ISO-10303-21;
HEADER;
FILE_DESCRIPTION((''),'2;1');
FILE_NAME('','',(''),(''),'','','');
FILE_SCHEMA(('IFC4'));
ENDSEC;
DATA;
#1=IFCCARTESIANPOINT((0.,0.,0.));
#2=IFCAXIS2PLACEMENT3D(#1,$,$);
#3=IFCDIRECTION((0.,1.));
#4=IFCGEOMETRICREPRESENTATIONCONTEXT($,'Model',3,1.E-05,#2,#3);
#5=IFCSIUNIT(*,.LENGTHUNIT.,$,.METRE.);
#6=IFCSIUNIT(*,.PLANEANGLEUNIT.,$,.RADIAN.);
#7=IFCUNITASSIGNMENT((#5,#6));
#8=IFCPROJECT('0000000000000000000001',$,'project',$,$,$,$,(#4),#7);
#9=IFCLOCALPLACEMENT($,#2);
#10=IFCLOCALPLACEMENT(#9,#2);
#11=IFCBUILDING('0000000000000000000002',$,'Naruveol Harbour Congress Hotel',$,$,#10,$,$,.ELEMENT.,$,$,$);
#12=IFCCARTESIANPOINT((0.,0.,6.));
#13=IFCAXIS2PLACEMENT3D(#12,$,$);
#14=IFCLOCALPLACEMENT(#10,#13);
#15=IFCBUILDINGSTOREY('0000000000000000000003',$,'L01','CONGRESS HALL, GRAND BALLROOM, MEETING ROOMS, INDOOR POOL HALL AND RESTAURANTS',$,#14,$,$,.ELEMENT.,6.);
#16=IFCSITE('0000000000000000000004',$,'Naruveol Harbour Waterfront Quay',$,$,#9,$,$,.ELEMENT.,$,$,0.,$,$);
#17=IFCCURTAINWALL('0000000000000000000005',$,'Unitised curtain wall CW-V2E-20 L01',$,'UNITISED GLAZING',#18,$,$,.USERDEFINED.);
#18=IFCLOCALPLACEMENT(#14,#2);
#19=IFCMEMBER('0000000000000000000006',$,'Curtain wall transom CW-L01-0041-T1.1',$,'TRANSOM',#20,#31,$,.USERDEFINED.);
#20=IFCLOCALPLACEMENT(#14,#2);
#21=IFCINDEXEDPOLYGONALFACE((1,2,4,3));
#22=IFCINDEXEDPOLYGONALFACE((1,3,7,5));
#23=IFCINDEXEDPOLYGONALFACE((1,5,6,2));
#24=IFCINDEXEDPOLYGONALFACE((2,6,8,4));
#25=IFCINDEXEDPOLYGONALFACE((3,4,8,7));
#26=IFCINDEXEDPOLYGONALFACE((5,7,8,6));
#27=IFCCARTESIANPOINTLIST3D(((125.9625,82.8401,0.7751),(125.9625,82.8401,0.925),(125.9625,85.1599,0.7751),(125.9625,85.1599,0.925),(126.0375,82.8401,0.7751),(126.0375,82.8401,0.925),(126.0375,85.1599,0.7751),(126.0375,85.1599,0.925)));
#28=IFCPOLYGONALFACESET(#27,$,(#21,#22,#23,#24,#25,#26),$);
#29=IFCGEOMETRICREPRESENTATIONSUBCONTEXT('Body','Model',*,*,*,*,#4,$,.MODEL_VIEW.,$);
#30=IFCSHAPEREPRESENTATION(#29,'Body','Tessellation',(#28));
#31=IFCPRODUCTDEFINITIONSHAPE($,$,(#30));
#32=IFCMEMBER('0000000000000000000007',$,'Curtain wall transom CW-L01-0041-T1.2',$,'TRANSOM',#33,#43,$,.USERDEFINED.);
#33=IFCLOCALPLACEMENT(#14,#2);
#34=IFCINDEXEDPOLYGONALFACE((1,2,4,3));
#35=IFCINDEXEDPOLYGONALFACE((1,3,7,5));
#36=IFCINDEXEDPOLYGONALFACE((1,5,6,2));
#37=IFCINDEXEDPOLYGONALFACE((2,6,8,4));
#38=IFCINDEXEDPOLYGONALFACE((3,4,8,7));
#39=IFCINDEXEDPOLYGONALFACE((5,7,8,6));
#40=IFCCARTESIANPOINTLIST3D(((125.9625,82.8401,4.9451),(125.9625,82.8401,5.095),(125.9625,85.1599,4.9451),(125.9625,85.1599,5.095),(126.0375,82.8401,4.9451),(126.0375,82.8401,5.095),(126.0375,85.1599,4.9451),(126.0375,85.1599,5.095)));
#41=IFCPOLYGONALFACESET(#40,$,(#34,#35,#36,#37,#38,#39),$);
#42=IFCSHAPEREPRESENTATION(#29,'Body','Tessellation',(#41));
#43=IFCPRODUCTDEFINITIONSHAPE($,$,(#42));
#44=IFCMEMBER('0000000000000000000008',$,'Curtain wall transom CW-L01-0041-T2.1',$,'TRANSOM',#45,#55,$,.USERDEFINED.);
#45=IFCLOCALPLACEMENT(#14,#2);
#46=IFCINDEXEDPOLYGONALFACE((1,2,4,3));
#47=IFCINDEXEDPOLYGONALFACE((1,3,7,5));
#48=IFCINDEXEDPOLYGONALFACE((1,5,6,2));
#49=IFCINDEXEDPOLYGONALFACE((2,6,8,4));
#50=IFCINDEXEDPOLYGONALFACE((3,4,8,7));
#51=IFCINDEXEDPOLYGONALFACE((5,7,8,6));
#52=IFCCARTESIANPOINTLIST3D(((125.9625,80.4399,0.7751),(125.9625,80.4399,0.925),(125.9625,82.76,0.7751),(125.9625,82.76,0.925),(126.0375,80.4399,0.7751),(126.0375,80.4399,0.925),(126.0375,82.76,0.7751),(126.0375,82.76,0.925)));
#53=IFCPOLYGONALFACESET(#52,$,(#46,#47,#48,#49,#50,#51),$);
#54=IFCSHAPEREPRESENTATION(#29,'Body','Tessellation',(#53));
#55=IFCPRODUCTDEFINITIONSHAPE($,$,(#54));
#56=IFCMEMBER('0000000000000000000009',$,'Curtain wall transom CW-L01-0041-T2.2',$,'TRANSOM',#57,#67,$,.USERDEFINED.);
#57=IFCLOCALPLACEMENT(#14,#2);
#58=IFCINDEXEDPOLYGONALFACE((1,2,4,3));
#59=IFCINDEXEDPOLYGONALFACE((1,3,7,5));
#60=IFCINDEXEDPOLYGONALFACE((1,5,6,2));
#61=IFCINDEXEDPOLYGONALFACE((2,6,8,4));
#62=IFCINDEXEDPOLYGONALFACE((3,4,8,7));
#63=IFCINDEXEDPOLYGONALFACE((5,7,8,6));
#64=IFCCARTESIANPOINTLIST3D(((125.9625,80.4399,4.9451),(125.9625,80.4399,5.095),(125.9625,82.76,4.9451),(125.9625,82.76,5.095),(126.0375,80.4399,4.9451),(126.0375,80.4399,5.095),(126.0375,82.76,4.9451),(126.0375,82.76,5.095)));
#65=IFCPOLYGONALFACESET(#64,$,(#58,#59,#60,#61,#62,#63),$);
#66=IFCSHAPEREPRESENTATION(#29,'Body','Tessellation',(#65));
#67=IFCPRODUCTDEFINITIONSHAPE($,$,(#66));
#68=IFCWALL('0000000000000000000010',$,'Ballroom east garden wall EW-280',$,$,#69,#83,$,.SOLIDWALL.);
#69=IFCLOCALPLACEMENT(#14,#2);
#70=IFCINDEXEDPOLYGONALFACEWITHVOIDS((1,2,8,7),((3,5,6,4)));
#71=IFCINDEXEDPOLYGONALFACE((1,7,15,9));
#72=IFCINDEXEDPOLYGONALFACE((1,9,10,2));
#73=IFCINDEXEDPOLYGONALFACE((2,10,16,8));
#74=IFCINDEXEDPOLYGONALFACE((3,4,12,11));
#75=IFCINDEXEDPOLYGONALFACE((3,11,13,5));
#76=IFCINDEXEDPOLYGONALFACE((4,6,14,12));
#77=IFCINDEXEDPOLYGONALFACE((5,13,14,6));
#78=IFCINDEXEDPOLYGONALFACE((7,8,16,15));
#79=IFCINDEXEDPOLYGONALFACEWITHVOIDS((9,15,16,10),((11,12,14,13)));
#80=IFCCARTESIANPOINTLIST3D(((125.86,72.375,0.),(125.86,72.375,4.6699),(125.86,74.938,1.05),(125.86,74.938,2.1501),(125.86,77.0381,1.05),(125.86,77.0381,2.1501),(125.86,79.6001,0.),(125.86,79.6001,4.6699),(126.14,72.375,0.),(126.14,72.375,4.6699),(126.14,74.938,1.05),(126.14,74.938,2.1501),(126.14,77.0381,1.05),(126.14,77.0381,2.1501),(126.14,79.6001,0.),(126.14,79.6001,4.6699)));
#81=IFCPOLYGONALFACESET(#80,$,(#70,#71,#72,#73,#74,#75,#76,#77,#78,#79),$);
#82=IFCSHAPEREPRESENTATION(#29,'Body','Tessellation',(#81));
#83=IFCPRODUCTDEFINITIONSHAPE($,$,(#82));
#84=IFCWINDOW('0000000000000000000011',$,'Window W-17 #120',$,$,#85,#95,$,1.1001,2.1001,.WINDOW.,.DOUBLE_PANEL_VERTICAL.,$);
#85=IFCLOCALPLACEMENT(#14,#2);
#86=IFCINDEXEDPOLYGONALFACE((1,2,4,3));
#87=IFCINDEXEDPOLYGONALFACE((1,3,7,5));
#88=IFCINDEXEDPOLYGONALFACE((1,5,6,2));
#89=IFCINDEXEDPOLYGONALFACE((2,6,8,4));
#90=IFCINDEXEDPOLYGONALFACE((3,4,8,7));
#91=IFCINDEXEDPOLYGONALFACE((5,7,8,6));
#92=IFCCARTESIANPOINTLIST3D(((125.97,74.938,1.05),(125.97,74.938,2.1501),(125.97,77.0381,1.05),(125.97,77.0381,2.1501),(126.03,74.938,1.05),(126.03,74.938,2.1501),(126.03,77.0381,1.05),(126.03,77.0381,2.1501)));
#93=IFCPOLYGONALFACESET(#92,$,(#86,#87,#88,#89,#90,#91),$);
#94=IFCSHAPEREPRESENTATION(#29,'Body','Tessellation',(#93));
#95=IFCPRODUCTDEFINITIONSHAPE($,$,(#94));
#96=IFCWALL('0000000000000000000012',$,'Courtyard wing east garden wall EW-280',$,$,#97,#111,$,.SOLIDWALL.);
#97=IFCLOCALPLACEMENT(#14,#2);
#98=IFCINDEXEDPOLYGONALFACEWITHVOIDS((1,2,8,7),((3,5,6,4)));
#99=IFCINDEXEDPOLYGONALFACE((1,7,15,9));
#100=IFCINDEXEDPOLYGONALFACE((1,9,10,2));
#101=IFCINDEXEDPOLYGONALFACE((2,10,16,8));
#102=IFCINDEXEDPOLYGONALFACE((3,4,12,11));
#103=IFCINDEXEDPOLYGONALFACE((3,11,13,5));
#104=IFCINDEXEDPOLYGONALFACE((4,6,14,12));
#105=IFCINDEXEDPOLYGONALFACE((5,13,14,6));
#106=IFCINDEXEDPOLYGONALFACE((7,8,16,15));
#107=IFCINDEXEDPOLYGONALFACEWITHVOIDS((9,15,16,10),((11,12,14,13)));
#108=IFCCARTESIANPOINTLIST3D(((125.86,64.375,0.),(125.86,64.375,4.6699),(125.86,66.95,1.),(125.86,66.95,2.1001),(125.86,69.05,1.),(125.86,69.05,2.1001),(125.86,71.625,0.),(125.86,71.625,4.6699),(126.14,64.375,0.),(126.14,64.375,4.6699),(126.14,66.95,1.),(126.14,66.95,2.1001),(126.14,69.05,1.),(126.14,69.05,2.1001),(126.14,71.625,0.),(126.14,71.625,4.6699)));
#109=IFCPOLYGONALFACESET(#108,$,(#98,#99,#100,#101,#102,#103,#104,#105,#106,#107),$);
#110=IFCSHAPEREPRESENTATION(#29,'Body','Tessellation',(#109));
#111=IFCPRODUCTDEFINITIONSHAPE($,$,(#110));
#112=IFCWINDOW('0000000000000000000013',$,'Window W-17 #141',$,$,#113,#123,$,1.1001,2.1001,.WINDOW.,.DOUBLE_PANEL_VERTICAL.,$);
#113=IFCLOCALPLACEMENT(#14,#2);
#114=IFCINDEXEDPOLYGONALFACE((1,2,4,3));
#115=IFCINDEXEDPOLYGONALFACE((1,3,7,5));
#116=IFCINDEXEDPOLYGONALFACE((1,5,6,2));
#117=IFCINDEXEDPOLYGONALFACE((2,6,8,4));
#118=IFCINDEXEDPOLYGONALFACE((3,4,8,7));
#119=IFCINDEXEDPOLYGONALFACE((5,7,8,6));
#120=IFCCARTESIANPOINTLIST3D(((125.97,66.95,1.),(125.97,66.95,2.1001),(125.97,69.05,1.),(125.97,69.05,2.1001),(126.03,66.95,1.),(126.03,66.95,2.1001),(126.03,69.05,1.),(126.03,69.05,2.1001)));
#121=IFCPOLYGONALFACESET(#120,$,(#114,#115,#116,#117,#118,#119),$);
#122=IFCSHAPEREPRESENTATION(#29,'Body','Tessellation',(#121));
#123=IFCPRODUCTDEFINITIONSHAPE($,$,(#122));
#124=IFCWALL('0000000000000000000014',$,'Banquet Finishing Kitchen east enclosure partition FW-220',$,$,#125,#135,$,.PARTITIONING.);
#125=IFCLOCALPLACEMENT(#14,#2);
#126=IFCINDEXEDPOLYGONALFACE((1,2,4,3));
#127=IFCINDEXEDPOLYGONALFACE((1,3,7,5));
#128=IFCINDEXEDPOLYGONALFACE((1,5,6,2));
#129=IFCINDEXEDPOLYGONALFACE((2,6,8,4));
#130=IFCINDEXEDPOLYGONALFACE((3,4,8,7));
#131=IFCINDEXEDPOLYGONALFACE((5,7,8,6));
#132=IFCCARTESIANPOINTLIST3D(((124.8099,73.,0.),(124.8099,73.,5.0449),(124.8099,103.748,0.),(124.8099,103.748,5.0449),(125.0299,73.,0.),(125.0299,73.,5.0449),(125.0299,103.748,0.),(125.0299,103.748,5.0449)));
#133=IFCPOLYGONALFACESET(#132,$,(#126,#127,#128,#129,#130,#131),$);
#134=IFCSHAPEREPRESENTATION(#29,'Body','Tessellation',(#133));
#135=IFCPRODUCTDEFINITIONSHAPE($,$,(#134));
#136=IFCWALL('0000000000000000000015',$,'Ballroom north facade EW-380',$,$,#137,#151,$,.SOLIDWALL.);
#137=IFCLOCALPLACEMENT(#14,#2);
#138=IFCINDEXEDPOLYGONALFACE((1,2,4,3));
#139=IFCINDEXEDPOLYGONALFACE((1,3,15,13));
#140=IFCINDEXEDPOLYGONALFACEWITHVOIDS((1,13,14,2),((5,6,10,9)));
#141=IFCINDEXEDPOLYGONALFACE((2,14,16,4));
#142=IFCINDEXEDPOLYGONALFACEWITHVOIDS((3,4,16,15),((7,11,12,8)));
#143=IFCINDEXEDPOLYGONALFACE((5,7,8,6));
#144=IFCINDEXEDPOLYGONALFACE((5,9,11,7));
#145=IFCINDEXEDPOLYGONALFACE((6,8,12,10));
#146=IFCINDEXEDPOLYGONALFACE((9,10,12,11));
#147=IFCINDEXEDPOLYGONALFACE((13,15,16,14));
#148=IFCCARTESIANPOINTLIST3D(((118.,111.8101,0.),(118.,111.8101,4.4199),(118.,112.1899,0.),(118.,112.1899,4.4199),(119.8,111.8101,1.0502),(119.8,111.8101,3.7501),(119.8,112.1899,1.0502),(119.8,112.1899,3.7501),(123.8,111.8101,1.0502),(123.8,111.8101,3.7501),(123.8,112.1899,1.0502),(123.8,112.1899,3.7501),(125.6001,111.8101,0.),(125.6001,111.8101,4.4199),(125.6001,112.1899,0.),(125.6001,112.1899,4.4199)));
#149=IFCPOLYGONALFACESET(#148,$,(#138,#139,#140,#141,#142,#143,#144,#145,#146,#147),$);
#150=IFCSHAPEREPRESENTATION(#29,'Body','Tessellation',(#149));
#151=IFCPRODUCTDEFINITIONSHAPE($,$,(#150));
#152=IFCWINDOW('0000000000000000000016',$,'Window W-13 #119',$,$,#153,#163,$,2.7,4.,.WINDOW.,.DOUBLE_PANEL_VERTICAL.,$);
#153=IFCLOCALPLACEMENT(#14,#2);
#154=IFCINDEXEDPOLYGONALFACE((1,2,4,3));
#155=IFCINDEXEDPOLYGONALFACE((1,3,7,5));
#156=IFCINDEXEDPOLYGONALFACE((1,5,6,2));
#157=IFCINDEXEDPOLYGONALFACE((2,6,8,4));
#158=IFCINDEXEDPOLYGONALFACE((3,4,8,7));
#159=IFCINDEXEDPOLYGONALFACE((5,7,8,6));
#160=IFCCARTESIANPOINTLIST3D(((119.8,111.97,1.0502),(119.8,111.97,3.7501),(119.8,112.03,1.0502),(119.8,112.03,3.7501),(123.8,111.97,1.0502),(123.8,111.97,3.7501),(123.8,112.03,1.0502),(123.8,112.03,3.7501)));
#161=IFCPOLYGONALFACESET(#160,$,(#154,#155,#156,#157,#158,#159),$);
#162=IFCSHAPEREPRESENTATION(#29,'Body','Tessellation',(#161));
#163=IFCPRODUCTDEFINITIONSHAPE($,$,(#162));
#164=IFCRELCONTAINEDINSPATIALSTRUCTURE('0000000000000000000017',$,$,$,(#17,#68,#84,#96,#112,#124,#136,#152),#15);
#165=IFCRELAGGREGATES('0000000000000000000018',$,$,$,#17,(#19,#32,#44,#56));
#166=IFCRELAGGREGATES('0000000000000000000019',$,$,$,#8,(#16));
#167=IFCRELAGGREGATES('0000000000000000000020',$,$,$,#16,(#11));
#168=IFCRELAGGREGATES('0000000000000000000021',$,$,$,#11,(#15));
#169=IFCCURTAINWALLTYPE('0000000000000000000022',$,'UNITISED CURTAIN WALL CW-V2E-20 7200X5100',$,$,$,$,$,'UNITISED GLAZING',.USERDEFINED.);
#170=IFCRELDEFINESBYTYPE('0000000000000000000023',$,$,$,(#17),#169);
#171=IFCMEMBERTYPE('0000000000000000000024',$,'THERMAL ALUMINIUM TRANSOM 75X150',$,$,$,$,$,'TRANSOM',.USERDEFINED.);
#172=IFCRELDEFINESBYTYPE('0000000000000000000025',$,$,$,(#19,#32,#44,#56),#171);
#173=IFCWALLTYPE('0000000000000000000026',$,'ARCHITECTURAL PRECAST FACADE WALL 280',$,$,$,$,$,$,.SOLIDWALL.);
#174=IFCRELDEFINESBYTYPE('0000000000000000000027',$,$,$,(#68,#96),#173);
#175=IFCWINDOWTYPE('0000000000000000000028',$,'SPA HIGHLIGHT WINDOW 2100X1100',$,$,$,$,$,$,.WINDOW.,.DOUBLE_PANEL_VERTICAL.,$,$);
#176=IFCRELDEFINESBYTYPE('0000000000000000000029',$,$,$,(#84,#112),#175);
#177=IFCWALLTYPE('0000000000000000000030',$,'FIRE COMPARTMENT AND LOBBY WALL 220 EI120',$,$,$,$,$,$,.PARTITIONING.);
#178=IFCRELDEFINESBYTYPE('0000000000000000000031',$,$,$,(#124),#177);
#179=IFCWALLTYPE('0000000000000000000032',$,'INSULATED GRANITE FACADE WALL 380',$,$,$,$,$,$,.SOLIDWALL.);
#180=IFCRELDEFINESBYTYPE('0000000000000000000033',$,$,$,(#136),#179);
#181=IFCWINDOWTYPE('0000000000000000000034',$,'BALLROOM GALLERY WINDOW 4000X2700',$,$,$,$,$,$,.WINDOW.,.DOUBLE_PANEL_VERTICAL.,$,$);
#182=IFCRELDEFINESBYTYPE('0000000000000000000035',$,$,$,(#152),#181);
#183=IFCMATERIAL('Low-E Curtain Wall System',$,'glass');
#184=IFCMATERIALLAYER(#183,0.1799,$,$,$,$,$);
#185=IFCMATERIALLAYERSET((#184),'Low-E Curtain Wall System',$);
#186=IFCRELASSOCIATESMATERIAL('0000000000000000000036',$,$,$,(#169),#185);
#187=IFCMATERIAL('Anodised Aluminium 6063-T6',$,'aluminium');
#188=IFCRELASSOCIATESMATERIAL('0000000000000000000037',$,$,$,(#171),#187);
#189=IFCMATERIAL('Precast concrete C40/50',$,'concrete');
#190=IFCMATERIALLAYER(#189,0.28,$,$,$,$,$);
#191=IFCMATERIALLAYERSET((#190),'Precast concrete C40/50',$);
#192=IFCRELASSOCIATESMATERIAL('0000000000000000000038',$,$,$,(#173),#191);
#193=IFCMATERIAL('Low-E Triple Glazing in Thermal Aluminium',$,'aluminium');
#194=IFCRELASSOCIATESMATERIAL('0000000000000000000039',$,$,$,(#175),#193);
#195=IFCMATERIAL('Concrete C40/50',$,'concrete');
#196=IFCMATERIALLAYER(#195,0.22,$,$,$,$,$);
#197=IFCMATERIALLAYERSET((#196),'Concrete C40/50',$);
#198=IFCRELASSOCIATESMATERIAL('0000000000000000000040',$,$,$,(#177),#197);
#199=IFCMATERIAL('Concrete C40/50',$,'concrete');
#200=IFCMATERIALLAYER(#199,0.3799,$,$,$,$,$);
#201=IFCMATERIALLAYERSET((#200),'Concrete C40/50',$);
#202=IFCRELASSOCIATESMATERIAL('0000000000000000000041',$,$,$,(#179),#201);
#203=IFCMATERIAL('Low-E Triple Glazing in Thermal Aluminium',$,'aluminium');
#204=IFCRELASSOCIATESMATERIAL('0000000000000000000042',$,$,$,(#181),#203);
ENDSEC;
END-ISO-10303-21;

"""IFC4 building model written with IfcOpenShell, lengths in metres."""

from ifc_helpers import new_model, si_unit, direction, frame, frame_2d, origin, origin_2d, place, context, subcontext, project, spatial, rectangle, extrude, material, layer, layer_set, material_profile, profile_set, type_object, element, fill, aggregate, save


model = new_model("IFC4")

# Units and contexts
model_context = context("Model", 3, precision=1e-05, world=origin(), true_north=direction((0.0, 1.0)))
body_context = subcontext(model_context, "Body", "Model", "MODEL_VIEW")
ifc_project = project(units=[si_unit("LENGTHUNIT", "METRE"), si_unit("PLANEANGLEUNIT", "RADIAN")], contexts=[model_context])

# Site, building, storey
site_placement = place(None, origin())
site = spatial("IfcSite", under=ifc_project, at=site_placement, Name="Naruveol Harbour Waterfront Quay", CompositionType="ELEMENT", RefElevation=0.0)
building_placement = place(site_placement, origin())
building = spatial("IfcBuilding", under=site, at=building_placement, Name="Naruveol Harbour Congress Hotel", CompositionType="ELEMENT")
storey_placement = place(building_placement, frame((0.0, 0.0, 6.0)))
storey = spatial("IfcBuildingStorey", under=building, at=storey_placement, Name="L01", Description="CONGRESS HALL, GRAND BALLROOM, MEETING ROOMS, INDOOR POOL HALL AND RESTAURANTS", CompositionType="ELEMENT", Elevation=6.0)

# Curtain wall, members
ifc_material_1 = material(Name="Low-E Curtain Wall System", Category="glass")
ifc_layer_1 = layer(ifc_material_1, 0.1799)
ifc_layer_set_1 = layer_set([ifc_layer_1], Name="Low-E Curtain Wall System")
curtain_wall_type = type_object("IfcCurtainWallType", Name="UNITISED CURTAIN WALL CW-V2E-20 7200X5100", ElementType="UNITISED GLAZING", PredefinedType="USERDEFINED", material=ifc_layer_set_1)
curtain_wall_placement = place(storey_placement, origin())
curtain_wall = element("IfcCurtainWall", 1, at=curtain_wall_placement, inside=storey, type_object=curtain_wall_type, Name="Unitised curtain wall CW-V2E-20 L01", ObjectType="UNITISED GLAZING", PredefinedType="USERDEFINED")
ifc_material_2 = material(Name="Anodised Aluminium 6063-T6", Category="aluminium")
ifc_material_profile_1 = material_profile(ifc_material_2, rectangle(XDim=0.075, YDim=0.1499, at=origin_2d()), Name="ALU-75x150")
ifc_profile_set_1 = profile_set([ifc_material_profile_1], Name="Anodised Aluminium 6063-T6")
member_type_1 = type_object("IfcMemberType", Name="THERMAL ALUMINIUM TRANSOM 75X150", ElementType="TRANSOM", PredefinedType="USERDEFINED", material=ifc_profile_set_1)
member_1_placement = place(storey_placement, frame((126.0, 85.1599, 0.8501), z_axis=(0.0, -1.0, 0.0), x_axis=(1.0, 0.0, 0.0)))
member_1 = element("IfcMember", 2, at=member_1_placement, type_object=member_type_1, Name="Curtain wall transom CW-L01-0041-T1.1", ObjectType="TRANSOM", PredefinedType="USERDEFINED", context=body_context, shape_type="SweptSolid", body=[
    extrude(rectangle(XDim=0.075, YDim=0.1499, at=origin_2d()), origin(), (0.0, 0.0, 1.0), 2.3198),
])
member_2_placement = place(storey_placement, frame((126.0, 85.1599, 5.02), z_axis=(0.0, -1.0, 0.0), x_axis=(1.0, 0.0, 0.0)))
member_2 = element("IfcMember", 3, at=member_2_placement, type_object=member_type_1, Name="Curtain wall transom CW-L01-0041-T1.2", ObjectType="TRANSOM", PredefinedType="USERDEFINED", context=body_context, shape_type="SweptSolid", body=[
    extrude(rectangle(XDim=0.075, YDim=0.1499, at=origin_2d()), origin(), (0.0, 0.0, 1.0), 2.3198),
])
member_3_placement = place(storey_placement, frame((126.0, 82.76, 0.8501), z_axis=(0.0, -1.0, 0.0), x_axis=(1.0, 0.0, 0.0)))
member_3 = element("IfcMember", 4, at=member_3_placement, type_object=member_type_1, Name="Curtain wall transom CW-L01-0041-T2.1", ObjectType="TRANSOM", PredefinedType="USERDEFINED", context=body_context, shape_type="SweptSolid", body=[
    extrude(rectangle(XDim=0.075, YDim=0.1499, at=origin_2d()), origin(), (0.0, 0.0, 1.0), 2.3201),
])
member_4_placement = place(storey_placement, frame((126.0, 82.76, 5.02), z_axis=(0.0, -1.0, 0.0), x_axis=(1.0, 0.0, 0.0)))
member_4 = element("IfcMember", 5, at=member_4_placement, type_object=member_type_1, Name="Curtain wall transom CW-L01-0041-T2.2", ObjectType="TRANSOM", PredefinedType="USERDEFINED", context=body_context, shape_type="SweptSolid", body=[
    extrude(rectangle(XDim=0.075, YDim=0.1499, at=origin_2d()), origin(), (0.0, 0.0, 1.0), 2.3201),
])
aggregate(curtain_wall, [member_1, member_2, member_3, member_4])

# Walls, openings, windows
ifc_material_3 = material(Name="Precast concrete C40/50", Category="concrete")
ifc_layer_2 = layer(ifc_material_3, 0.28)
ifc_layer_set_2 = layer_set([ifc_layer_2], Name="Precast concrete C40/50")
wall_type_1 = type_object("IfcWallType", Name="ARCHITECTURAL PRECAST FACADE WALL 280", PredefinedType="SOLIDWALL", material=ifc_layer_set_2)
wall_1_placement = place(storey_placement, frame((126.0, 79.6001, 0.0), z_axis=(0.0, 0.0, 1.0), x_axis=(0.0, -1.0, 0.0)))
wall_1 = element("IfcWall", 6, at=wall_1_placement, inside=storey, type_object=wall_type_1, Name="Ballroom east garden wall EW-280", PredefinedType="SOLIDWALL", context=body_context, shape_type="SweptSolid", body=[
    extrude(rectangle(XDim=7.2251, YDim=0.28, at=frame_2d((3.6125, 0.0))), origin(), (0.0, 0.0, 1.0), 4.6699),
])
opening_1_placement = place(wall_1_placement, frame((2.562, 0.0, 1.05)))
opening_1 = element("IfcOpeningElement", 7, at=opening_1_placement, cuts=wall_1, PredefinedType="OPENING", context=body_context, shape_type="SweptSolid", body=[
    extrude(rectangle(XDim=2.1001, YDim=1.1001, at=frame_2d((1.05, 0.55))), frame((0.0, 0.1499, 0.0), z_axis=(0.0, -1.0, 0.0), x_axis=(1.0, 0.0, 0.0)), (0.0, 0.0, 1.0), 0.3),
])
ifc_material_4 = material(Name="Low-E Triple Glazing in Thermal Aluminium", Category="aluminium")
window_type_1 = type_object("IfcWindowType", Name="SPA HIGHLIGHT WINDOW 2100X1100", PartitioningType="DOUBLE_PANEL_VERTICAL", PredefinedType="WINDOW", material=ifc_material_4)
window_1_placement = place(opening_1_placement, origin())
window_1 = element("IfcWindow", 8, at=window_1_placement, inside=storey, type_object=window_type_1, Name="Window W-17 #120", OverallHeight=1.1001, OverallWidth=2.1001, PartitioningType="DOUBLE_PANEL_VERTICAL", PredefinedType="WINDOW", context=body_context, shape_type="SweptSolid", body=[
    extrude(rectangle(XDim=2.1001, YDim=1.1001, at=frame_2d((1.05, 0.55))), frame((0.0, 0.03, 0.0), z_axis=(0.0, -1.0, 0.0), x_axis=(1.0, 0.0, 0.0)), (0.0, 0.0, 1.0), 0.0601),
])
fill(opening_1, window_1)
wall_2_placement = place(storey_placement, frame((126.0, 71.625, 0.0), z_axis=(0.0, 0.0, 1.0), x_axis=(0.0, -1.0, 0.0)))
wall_2 = element("IfcWall", 9, at=wall_2_placement, inside=storey, type_object=wall_type_1, Name="Courtyard wing east garden wall EW-280", PredefinedType="SOLIDWALL", context=body_context, shape_type="SweptSolid", body=[
    extrude(rectangle(XDim=7.25, YDim=0.28, at=frame_2d((3.625, 0.0))), origin(), (0.0, 0.0, 1.0), 4.6699),
])
opening_2_placement = place(wall_2_placement, frame((2.575, 0.0, 1.0)))
opening_2 = element("IfcOpeningElement", 10, at=opening_2_placement, cuts=wall_2, PredefinedType="OPENING", context=body_context, shape_type="SweptSolid", body=[
    extrude(rectangle(XDim=2.1001, YDim=1.1001, at=frame_2d((1.05, 0.55))), frame((0.0, 0.1499, 0.0), z_axis=(0.0, -1.0, 0.0), x_axis=(1.0, 0.0, 0.0)), (0.0, 0.0, 1.0), 0.3),
])
window_2_placement = place(opening_2_placement, origin())
window_2 = element("IfcWindow", 11, at=window_2_placement, inside=storey, type_object=window_type_1, Name="Window W-17 #141", OverallHeight=1.1001, OverallWidth=2.1001, PartitioningType="DOUBLE_PANEL_VERTICAL", PredefinedType="WINDOW", context=body_context, shape_type="SweptSolid", body=[
    extrude(rectangle(XDim=2.1001, YDim=1.1001, at=frame_2d((1.05, 0.55))), frame((0.0, 0.03, 0.0), z_axis=(0.0, -1.0, 0.0), x_axis=(1.0, 0.0, 0.0)), (0.0, 0.0, 1.0), 0.0601),
])
fill(opening_2, window_2)

# Wall
ifc_material_5 = material(Name="Concrete C40/50", Category="concrete")
ifc_layer_3 = layer(ifc_material_5, 0.22)
ifc_layer_set_3 = layer_set([ifc_layer_3], Name="Concrete C40/50")
wall_type_2 = type_object("IfcWallType", Name="FIRE COMPARTMENT AND LOBBY WALL 220 EI120", PredefinedType="PARTITIONING", material=ifc_layer_set_3)
wall_3_placement = place(storey_placement, frame((124.9199, 73.0, 0.0), z_axis=(0.0, 0.0, 1.0), x_axis=(0.0, 1.0, 0.0)))
element("IfcWall", 12, at=wall_3_placement, inside=storey, type_object=wall_type_2, Name="Banquet Finishing Kitchen east enclosure partition FW-220", PredefinedType="PARTITIONING", context=body_context, shape_type="SweptSolid", body=[
    extrude(rectangle(XDim=30.748, YDim=0.22, at=frame_2d((15.374, 0.0))), origin(), (0.0, 0.0, 1.0), 5.0449),
])

# Wall, opening, window
ifc_material_6 = material(Name="Concrete C40/50", Category="concrete")
ifc_layer_4 = layer(ifc_material_6, 0.3799)
ifc_layer_set_4 = layer_set([ifc_layer_4], Name="Concrete C40/50")
wall_type_3 = type_object("IfcWallType", Name="INSULATED GRANITE FACADE WALL 380", PredefinedType="SOLIDWALL", material=ifc_layer_set_4)
wall_4_placement = place(storey_placement, frame((118.0, 112.0, 0.0), z_axis=(0.0, 0.0, 1.0), x_axis=(1.0, 0.0, 0.0)))
wall_4 = element("IfcWall", 13, at=wall_4_placement, inside=storey, type_object=wall_type_3, Name="Ballroom north facade EW-380", PredefinedType="SOLIDWALL", context=body_context, shape_type="SweptSolid", body=[
    extrude(rectangle(XDim=7.6001, YDim=0.3799, at=frame_2d((3.8, 0.0))), origin(), (0.0, 0.0, 1.0), 4.4199),
])
opening_3_placement = place(wall_4_placement, frame((1.8, 0.0, 1.05)))
opening_3 = element("IfcOpeningElement", 14, at=opening_3_placement, cuts=wall_4, PredefinedType="OPENING", context=body_context, shape_type="SweptSolid", body=[
    extrude(rectangle(XDim=4.0, YDim=2.7, at=frame_2d((2.0, 1.3501))), frame((0.0, 0.2, 0.0), z_axis=(0.0, -1.0, 0.0), x_axis=(1.0, 0.0, 0.0)), (0.0, 0.0, 1.0), 0.3999),
])
ifc_material_7 = material(Name="Low-E Triple Glazing in Thermal Aluminium", Category="aluminium")
window_type_2 = type_object("IfcWindowType", Name="BALLROOM GALLERY WINDOW 4000X2700", PartitioningType="DOUBLE_PANEL_VERTICAL", PredefinedType="WINDOW", material=ifc_material_7)
window_3_placement = place(opening_3_placement, origin())
window_3 = element("IfcWindow", 15, at=window_3_placement, inside=storey, type_object=window_type_2, Name="Window W-13 #119", OverallHeight=2.7, OverallWidth=4.0, PartitioningType="DOUBLE_PANEL_VERTICAL", PredefinedType="WINDOW", context=body_context, shape_type="SweptSolid", body=[
    extrude(rectangle(XDim=4.0, YDim=2.7, at=frame_2d((2.0, 1.3501))), frame((0.0, 0.03, 0.0), z_axis=(0.0, -1.0, 0.0), x_axis=(1.0, 0.0, 0.0)), (0.0, 0.0, 1.0), 0.0601),
])
fill(opening_3, window_3)

save(model, "model.ifc")
